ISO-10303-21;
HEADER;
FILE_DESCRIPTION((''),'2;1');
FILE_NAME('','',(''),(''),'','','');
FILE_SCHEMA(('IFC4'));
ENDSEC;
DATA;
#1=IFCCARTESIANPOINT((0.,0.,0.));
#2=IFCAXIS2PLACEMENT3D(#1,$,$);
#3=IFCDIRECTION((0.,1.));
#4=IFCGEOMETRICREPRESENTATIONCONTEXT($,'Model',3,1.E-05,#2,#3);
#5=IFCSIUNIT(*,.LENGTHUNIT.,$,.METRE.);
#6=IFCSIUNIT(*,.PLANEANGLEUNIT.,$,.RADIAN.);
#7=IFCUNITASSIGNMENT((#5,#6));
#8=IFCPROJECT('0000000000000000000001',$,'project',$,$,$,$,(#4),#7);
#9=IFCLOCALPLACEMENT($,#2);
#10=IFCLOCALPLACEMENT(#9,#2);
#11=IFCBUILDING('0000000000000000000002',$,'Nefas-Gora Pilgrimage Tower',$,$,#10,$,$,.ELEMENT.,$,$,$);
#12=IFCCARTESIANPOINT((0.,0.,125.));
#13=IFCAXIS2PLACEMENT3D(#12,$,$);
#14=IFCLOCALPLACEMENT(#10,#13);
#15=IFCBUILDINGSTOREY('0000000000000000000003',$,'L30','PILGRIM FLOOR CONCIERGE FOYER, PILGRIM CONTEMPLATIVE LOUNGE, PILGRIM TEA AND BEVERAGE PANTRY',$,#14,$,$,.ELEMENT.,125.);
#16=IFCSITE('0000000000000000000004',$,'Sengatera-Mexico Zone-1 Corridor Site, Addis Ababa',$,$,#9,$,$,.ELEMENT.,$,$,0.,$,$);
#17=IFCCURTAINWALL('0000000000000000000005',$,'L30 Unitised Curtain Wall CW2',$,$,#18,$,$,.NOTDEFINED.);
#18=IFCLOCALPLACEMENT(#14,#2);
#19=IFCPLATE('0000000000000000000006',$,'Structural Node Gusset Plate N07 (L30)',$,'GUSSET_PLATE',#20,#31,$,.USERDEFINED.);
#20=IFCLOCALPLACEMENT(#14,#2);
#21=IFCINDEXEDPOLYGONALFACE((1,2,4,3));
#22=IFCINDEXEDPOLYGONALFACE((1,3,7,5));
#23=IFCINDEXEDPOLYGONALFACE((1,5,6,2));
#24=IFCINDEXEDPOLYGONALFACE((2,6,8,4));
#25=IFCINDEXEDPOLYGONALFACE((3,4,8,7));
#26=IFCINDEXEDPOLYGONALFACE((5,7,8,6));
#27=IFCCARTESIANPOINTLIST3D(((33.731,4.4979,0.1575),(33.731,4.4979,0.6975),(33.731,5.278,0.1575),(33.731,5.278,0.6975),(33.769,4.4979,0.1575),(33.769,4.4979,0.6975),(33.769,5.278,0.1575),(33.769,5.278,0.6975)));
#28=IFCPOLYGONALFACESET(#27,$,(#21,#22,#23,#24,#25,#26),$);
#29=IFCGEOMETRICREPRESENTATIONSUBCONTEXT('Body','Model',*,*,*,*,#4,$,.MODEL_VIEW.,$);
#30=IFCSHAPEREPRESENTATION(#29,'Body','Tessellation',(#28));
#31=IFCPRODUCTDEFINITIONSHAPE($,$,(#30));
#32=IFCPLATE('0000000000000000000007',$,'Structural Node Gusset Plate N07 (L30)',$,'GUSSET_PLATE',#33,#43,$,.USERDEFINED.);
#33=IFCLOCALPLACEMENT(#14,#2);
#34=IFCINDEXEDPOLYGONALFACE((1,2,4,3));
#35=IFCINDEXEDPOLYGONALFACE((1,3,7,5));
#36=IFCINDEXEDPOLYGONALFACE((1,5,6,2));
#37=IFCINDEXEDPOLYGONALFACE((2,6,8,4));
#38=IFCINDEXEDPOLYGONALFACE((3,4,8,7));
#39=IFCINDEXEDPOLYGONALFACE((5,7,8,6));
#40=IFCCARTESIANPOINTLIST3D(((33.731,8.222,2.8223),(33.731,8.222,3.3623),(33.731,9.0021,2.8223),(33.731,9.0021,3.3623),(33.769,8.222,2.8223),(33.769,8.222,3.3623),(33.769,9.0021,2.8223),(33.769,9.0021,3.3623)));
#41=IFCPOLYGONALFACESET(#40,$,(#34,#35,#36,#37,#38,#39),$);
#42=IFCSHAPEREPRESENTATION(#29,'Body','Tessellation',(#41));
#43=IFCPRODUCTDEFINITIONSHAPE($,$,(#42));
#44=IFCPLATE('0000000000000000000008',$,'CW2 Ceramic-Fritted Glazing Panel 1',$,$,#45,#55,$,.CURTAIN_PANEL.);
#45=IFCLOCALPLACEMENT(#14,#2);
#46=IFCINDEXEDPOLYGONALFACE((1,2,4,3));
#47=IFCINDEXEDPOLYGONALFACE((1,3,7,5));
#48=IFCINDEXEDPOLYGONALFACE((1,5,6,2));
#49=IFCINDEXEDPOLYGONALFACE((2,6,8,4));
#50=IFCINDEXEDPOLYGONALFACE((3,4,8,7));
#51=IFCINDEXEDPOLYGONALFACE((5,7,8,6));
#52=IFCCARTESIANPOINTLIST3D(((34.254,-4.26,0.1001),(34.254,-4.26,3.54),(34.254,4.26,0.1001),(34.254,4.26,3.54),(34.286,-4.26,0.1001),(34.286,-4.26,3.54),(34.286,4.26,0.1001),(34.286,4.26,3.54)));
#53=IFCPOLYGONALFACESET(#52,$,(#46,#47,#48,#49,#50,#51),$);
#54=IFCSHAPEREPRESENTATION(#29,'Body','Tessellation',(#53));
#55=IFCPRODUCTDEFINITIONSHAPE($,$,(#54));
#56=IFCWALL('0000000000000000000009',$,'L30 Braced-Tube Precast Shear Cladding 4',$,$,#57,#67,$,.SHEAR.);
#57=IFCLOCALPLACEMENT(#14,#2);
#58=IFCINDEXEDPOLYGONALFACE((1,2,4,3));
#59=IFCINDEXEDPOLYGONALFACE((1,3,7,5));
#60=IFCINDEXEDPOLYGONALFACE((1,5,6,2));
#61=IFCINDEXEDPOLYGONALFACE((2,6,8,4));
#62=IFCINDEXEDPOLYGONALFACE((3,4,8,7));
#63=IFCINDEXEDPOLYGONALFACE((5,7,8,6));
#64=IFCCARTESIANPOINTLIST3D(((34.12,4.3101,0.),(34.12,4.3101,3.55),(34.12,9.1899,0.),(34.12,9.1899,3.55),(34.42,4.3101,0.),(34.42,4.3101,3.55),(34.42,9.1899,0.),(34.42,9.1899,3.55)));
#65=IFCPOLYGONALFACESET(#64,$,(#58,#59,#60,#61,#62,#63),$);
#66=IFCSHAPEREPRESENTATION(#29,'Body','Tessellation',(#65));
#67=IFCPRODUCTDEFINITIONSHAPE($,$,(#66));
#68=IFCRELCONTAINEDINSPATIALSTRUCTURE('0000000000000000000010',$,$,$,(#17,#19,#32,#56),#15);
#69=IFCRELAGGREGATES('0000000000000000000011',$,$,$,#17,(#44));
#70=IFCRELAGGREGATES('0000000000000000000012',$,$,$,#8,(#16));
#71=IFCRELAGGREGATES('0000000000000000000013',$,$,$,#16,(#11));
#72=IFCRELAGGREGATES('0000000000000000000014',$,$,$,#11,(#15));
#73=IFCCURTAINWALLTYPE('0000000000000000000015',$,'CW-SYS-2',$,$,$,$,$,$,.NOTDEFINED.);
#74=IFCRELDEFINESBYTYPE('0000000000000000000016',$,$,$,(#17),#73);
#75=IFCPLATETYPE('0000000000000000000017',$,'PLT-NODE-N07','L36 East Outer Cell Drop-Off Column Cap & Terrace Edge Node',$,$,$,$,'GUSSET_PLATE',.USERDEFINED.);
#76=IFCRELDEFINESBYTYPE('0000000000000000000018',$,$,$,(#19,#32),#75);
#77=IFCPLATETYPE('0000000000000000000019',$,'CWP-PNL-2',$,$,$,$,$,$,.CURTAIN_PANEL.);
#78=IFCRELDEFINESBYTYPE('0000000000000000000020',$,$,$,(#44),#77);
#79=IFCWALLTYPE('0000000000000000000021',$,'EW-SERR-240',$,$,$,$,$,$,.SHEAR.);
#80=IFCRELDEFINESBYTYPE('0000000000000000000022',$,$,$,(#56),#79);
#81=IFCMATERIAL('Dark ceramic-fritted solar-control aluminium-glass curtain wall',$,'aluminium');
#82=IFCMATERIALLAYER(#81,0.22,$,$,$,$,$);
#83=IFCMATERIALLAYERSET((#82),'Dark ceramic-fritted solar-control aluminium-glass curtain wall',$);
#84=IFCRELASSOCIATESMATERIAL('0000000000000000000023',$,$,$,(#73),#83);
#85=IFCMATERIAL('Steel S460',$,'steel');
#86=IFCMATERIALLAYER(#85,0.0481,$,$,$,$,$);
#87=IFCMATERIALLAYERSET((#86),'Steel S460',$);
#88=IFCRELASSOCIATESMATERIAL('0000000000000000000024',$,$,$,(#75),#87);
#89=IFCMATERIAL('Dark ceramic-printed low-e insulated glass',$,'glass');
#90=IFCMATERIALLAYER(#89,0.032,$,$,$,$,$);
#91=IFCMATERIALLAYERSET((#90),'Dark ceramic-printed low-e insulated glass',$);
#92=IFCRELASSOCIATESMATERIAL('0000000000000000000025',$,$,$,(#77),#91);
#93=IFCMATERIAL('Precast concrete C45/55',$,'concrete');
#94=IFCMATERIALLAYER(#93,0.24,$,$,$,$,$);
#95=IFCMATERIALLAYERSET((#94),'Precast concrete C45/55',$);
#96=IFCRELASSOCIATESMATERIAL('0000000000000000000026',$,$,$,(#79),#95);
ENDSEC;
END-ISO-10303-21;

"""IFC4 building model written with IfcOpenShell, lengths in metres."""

from ifc_helpers import new_model, si_unit, direction, frame, frame_2d, origin, origin_2d, place, context, subcontext, project, spatial, rectangle, extrude, source, transform, mapped, material, layer, layer_set, type_object, element, aggregate, save


model = new_model("IFC4")

# Units and contexts
model_context = context("Model", 3, precision=1e-05, world=origin(), true_north=direction((0.0, 1.0)))
body_context = subcontext(model_context, "Body", "Model", "MODEL_VIEW")
ifc_project = project(units=[si_unit("LENGTHUNIT", "METRE"), si_unit("PLANEANGLEUNIT", "RADIAN")], contexts=[model_context])

# Site, building, storey
site_placement = place(None, origin())
site = spatial("IfcSite", under=ifc_project, at=site_placement, Name="Sengatera-Mexico Zone-1 Corridor Site, Addis Ababa", CompositionType="ELEMENT", RefElevation=0.0)
building_placement = place(site_placement, origin())
building = spatial("IfcBuilding", under=site, at=building_placement, Name="Nefas-Gora Pilgrimage Tower", CompositionType="ELEMENT")
storey_placement = place(building_placement, frame((0.0, 0.0, 125.0)))
storey = spatial("IfcBuildingStorey", under=building, at=storey_placement, Name="L30", Description="PILGRIM FLOOR CONCIERGE FOYER, PILGRIM CONTEMPLATIVE LOUNGE, PILGRIM TEA AND BEVERAGE PANTRY", CompositionType="ELEMENT", Elevation=125.0)

# Shared definitions
ifc_material_1 = material(Name="Steel S460", Category="steel")

# Curtain wall
ifc_material_2 = material(Name="Dark ceramic-fritted solar-control aluminium-glass curtain wall", Category="aluminium")
ifc_layer_1 = layer(ifc_material_2, 0.22)
ifc_layer_set_1 = layer_set([ifc_layer_1], Name="Dark ceramic-fritted solar-control aluminium-glass curtain wall")
curtain_wall_type = type_object("IfcCurtainWallType", Name="CW-SYS-2", PredefinedType="NOTDEFINED", material=ifc_layer_set_1)
curtain_wall_1_placement = place(storey_placement, origin())
curtain_wall_1 = element("IfcCurtainWall", 1, at=curtain_wall_1_placement, inside=storey, type_object=curtain_wall_type, Name="L30 Unitised Curtain Wall CW2", PredefinedType="NOTDEFINED")

# Plates
ifc_layer_2 = layer(ifc_material_1, 0.0481)
ifc_layer_set_2 = layer_set([ifc_layer_2], Name="Steel S460")
plate_type_1 = type_object("IfcPlateType", Name="PLT-NODE-N07", Description="L36 East Outer Cell Drop-Off Column Cap & Terrace Edge Node", ElementType="GUSSET_PLATE", PredefinedType="USERDEFINED", material=ifc_layer_set_2)
shared_shape_1 = source(origin(), body_context, "Body", "SweptSolid", [
    extrude(rectangle(XDim=0.78, YDim=0.0381, at=origin_2d()), origin(), (0.0, 0.0, 1.0), 0.54),
])
for number, where, z_axis, x_axis, name in (
    (2, (33.75, 4.8879, 0.1575), (0.0, 0.0, 1.0), (0.0, 1.0, 0.0), "Structural Node Gusset Plate N07 (L30)"),
    (3, (33.75, 8.6121, 2.8223), (0.0, 0.0, 1.0), (0.0, 1.0, 0.0), "Structural Node Gusset Plate N07 (L30)"),
):
    element("IfcPlate", number, at=place(storey_placement, frame(where, z_axis=z_axis, x_axis=x_axis)), inside=storey, type_object=plate_type_1, Name=name, ObjectType="GUSSET_PLATE", PredefinedType="USERDEFINED", context=body_context, shape_type="MappedRepresentation", body=[
        mapped(shared_shape_1, transform((0.0, 0.0, 0.0), x_axis=(1.0, 0.0, 0.0), y_axis=(0.0, 1.0, 0.0), z_axis=(0.0, 0.0, 1.0), scale=1.0)),
    ])

# Plate
ifc_material_3 = material(Name="Dark ceramic-printed low-e insulated glass", Category="glass")
ifc_layer_3 = layer(ifc_material_3, 0.032)
ifc_layer_set_3 = layer_set([ifc_layer_3], Name="Dark ceramic-printed low-e insulated glass")
plate_type_2 = type_object("IfcPlateType", Name="CWP-PNL-2", PredefinedType="CURTAIN_PANEL", material=ifc_layer_set_3)
shared_shape_2 = source(origin(), body_context, "Body", "SweptSolid", [
    extrude(rectangle(XDim=8.52, YDim=0.032, at=origin_2d()), origin(), (0.0, 0.0, 1.0), 3.4399),
])
plate_placement = place(storey_placement, frame((34.27, 0.0, 0.1001), z_axis=(0.0, 0.0, 1.0), x_axis=(0.0, 1.0, 0.0)))
plate = element("IfcPlate", 4, at=plate_placement, type_object=plate_type_2, Name="CW2 Ceramic-Fritted Glazing Panel 1", PredefinedType="CURTAIN_PANEL", context=body_context, shape_type="MappedRepresentation", body=[
    mapped(shared_shape_2, transform((0.0, 0.0, 0.0), x_axis=(1.0, 0.0, 0.0), y_axis=(0.0, 1.0, 0.0), z_axis=(0.0, 0.0, 1.0), scale=1.0)),
])
aggregate(curtain_wall_1, [plate])

# Wall
ifc_material_4 = material(Name="Precast concrete C45/55", Category="concrete")
ifc_layer_4 = layer(ifc_material_4, 0.24)
ifc_layer_set_4 = layer_set([ifc_layer_4], Name="Precast concrete C45/55")
wall_type = type_object("IfcWallType", Name="EW-SERR-240", PredefinedType="SHEAR", material=ifc_layer_set_4)
shared_shape_3 = source(origin(), body_context, "Body", "SweptSolid", [
    extrude(rectangle(XDim=4.8799, YDim=0.3, at=frame_2d((2.4399, 0.0))), origin(), (0.0, 0.0, 1.0), 3.55),
])
wall_placement = place(storey_placement, frame((34.27, 4.3101, 0.0), z_axis=(0.0, 0.0, 1.0), x_axis=(0.0, 1.0, 0.0)))
element("IfcWall", 5, at=wall_placement, inside=storey, type_object=wall_type, Name="L30 Braced-Tube Precast Shear Cladding 4", PredefinedType="SHEAR", context=body_context, shape_type="MappedRepresentation", body=[
    mapped(shared_shape_3, transform((0.0, 0.0, 0.0), x_axis=(1.0, 0.0, 0.0), y_axis=(0.0, 1.0, 0.0), z_axis=(0.0, 0.0, 1.0), scale=1.0)),
])

save(model, "model.ifc")
